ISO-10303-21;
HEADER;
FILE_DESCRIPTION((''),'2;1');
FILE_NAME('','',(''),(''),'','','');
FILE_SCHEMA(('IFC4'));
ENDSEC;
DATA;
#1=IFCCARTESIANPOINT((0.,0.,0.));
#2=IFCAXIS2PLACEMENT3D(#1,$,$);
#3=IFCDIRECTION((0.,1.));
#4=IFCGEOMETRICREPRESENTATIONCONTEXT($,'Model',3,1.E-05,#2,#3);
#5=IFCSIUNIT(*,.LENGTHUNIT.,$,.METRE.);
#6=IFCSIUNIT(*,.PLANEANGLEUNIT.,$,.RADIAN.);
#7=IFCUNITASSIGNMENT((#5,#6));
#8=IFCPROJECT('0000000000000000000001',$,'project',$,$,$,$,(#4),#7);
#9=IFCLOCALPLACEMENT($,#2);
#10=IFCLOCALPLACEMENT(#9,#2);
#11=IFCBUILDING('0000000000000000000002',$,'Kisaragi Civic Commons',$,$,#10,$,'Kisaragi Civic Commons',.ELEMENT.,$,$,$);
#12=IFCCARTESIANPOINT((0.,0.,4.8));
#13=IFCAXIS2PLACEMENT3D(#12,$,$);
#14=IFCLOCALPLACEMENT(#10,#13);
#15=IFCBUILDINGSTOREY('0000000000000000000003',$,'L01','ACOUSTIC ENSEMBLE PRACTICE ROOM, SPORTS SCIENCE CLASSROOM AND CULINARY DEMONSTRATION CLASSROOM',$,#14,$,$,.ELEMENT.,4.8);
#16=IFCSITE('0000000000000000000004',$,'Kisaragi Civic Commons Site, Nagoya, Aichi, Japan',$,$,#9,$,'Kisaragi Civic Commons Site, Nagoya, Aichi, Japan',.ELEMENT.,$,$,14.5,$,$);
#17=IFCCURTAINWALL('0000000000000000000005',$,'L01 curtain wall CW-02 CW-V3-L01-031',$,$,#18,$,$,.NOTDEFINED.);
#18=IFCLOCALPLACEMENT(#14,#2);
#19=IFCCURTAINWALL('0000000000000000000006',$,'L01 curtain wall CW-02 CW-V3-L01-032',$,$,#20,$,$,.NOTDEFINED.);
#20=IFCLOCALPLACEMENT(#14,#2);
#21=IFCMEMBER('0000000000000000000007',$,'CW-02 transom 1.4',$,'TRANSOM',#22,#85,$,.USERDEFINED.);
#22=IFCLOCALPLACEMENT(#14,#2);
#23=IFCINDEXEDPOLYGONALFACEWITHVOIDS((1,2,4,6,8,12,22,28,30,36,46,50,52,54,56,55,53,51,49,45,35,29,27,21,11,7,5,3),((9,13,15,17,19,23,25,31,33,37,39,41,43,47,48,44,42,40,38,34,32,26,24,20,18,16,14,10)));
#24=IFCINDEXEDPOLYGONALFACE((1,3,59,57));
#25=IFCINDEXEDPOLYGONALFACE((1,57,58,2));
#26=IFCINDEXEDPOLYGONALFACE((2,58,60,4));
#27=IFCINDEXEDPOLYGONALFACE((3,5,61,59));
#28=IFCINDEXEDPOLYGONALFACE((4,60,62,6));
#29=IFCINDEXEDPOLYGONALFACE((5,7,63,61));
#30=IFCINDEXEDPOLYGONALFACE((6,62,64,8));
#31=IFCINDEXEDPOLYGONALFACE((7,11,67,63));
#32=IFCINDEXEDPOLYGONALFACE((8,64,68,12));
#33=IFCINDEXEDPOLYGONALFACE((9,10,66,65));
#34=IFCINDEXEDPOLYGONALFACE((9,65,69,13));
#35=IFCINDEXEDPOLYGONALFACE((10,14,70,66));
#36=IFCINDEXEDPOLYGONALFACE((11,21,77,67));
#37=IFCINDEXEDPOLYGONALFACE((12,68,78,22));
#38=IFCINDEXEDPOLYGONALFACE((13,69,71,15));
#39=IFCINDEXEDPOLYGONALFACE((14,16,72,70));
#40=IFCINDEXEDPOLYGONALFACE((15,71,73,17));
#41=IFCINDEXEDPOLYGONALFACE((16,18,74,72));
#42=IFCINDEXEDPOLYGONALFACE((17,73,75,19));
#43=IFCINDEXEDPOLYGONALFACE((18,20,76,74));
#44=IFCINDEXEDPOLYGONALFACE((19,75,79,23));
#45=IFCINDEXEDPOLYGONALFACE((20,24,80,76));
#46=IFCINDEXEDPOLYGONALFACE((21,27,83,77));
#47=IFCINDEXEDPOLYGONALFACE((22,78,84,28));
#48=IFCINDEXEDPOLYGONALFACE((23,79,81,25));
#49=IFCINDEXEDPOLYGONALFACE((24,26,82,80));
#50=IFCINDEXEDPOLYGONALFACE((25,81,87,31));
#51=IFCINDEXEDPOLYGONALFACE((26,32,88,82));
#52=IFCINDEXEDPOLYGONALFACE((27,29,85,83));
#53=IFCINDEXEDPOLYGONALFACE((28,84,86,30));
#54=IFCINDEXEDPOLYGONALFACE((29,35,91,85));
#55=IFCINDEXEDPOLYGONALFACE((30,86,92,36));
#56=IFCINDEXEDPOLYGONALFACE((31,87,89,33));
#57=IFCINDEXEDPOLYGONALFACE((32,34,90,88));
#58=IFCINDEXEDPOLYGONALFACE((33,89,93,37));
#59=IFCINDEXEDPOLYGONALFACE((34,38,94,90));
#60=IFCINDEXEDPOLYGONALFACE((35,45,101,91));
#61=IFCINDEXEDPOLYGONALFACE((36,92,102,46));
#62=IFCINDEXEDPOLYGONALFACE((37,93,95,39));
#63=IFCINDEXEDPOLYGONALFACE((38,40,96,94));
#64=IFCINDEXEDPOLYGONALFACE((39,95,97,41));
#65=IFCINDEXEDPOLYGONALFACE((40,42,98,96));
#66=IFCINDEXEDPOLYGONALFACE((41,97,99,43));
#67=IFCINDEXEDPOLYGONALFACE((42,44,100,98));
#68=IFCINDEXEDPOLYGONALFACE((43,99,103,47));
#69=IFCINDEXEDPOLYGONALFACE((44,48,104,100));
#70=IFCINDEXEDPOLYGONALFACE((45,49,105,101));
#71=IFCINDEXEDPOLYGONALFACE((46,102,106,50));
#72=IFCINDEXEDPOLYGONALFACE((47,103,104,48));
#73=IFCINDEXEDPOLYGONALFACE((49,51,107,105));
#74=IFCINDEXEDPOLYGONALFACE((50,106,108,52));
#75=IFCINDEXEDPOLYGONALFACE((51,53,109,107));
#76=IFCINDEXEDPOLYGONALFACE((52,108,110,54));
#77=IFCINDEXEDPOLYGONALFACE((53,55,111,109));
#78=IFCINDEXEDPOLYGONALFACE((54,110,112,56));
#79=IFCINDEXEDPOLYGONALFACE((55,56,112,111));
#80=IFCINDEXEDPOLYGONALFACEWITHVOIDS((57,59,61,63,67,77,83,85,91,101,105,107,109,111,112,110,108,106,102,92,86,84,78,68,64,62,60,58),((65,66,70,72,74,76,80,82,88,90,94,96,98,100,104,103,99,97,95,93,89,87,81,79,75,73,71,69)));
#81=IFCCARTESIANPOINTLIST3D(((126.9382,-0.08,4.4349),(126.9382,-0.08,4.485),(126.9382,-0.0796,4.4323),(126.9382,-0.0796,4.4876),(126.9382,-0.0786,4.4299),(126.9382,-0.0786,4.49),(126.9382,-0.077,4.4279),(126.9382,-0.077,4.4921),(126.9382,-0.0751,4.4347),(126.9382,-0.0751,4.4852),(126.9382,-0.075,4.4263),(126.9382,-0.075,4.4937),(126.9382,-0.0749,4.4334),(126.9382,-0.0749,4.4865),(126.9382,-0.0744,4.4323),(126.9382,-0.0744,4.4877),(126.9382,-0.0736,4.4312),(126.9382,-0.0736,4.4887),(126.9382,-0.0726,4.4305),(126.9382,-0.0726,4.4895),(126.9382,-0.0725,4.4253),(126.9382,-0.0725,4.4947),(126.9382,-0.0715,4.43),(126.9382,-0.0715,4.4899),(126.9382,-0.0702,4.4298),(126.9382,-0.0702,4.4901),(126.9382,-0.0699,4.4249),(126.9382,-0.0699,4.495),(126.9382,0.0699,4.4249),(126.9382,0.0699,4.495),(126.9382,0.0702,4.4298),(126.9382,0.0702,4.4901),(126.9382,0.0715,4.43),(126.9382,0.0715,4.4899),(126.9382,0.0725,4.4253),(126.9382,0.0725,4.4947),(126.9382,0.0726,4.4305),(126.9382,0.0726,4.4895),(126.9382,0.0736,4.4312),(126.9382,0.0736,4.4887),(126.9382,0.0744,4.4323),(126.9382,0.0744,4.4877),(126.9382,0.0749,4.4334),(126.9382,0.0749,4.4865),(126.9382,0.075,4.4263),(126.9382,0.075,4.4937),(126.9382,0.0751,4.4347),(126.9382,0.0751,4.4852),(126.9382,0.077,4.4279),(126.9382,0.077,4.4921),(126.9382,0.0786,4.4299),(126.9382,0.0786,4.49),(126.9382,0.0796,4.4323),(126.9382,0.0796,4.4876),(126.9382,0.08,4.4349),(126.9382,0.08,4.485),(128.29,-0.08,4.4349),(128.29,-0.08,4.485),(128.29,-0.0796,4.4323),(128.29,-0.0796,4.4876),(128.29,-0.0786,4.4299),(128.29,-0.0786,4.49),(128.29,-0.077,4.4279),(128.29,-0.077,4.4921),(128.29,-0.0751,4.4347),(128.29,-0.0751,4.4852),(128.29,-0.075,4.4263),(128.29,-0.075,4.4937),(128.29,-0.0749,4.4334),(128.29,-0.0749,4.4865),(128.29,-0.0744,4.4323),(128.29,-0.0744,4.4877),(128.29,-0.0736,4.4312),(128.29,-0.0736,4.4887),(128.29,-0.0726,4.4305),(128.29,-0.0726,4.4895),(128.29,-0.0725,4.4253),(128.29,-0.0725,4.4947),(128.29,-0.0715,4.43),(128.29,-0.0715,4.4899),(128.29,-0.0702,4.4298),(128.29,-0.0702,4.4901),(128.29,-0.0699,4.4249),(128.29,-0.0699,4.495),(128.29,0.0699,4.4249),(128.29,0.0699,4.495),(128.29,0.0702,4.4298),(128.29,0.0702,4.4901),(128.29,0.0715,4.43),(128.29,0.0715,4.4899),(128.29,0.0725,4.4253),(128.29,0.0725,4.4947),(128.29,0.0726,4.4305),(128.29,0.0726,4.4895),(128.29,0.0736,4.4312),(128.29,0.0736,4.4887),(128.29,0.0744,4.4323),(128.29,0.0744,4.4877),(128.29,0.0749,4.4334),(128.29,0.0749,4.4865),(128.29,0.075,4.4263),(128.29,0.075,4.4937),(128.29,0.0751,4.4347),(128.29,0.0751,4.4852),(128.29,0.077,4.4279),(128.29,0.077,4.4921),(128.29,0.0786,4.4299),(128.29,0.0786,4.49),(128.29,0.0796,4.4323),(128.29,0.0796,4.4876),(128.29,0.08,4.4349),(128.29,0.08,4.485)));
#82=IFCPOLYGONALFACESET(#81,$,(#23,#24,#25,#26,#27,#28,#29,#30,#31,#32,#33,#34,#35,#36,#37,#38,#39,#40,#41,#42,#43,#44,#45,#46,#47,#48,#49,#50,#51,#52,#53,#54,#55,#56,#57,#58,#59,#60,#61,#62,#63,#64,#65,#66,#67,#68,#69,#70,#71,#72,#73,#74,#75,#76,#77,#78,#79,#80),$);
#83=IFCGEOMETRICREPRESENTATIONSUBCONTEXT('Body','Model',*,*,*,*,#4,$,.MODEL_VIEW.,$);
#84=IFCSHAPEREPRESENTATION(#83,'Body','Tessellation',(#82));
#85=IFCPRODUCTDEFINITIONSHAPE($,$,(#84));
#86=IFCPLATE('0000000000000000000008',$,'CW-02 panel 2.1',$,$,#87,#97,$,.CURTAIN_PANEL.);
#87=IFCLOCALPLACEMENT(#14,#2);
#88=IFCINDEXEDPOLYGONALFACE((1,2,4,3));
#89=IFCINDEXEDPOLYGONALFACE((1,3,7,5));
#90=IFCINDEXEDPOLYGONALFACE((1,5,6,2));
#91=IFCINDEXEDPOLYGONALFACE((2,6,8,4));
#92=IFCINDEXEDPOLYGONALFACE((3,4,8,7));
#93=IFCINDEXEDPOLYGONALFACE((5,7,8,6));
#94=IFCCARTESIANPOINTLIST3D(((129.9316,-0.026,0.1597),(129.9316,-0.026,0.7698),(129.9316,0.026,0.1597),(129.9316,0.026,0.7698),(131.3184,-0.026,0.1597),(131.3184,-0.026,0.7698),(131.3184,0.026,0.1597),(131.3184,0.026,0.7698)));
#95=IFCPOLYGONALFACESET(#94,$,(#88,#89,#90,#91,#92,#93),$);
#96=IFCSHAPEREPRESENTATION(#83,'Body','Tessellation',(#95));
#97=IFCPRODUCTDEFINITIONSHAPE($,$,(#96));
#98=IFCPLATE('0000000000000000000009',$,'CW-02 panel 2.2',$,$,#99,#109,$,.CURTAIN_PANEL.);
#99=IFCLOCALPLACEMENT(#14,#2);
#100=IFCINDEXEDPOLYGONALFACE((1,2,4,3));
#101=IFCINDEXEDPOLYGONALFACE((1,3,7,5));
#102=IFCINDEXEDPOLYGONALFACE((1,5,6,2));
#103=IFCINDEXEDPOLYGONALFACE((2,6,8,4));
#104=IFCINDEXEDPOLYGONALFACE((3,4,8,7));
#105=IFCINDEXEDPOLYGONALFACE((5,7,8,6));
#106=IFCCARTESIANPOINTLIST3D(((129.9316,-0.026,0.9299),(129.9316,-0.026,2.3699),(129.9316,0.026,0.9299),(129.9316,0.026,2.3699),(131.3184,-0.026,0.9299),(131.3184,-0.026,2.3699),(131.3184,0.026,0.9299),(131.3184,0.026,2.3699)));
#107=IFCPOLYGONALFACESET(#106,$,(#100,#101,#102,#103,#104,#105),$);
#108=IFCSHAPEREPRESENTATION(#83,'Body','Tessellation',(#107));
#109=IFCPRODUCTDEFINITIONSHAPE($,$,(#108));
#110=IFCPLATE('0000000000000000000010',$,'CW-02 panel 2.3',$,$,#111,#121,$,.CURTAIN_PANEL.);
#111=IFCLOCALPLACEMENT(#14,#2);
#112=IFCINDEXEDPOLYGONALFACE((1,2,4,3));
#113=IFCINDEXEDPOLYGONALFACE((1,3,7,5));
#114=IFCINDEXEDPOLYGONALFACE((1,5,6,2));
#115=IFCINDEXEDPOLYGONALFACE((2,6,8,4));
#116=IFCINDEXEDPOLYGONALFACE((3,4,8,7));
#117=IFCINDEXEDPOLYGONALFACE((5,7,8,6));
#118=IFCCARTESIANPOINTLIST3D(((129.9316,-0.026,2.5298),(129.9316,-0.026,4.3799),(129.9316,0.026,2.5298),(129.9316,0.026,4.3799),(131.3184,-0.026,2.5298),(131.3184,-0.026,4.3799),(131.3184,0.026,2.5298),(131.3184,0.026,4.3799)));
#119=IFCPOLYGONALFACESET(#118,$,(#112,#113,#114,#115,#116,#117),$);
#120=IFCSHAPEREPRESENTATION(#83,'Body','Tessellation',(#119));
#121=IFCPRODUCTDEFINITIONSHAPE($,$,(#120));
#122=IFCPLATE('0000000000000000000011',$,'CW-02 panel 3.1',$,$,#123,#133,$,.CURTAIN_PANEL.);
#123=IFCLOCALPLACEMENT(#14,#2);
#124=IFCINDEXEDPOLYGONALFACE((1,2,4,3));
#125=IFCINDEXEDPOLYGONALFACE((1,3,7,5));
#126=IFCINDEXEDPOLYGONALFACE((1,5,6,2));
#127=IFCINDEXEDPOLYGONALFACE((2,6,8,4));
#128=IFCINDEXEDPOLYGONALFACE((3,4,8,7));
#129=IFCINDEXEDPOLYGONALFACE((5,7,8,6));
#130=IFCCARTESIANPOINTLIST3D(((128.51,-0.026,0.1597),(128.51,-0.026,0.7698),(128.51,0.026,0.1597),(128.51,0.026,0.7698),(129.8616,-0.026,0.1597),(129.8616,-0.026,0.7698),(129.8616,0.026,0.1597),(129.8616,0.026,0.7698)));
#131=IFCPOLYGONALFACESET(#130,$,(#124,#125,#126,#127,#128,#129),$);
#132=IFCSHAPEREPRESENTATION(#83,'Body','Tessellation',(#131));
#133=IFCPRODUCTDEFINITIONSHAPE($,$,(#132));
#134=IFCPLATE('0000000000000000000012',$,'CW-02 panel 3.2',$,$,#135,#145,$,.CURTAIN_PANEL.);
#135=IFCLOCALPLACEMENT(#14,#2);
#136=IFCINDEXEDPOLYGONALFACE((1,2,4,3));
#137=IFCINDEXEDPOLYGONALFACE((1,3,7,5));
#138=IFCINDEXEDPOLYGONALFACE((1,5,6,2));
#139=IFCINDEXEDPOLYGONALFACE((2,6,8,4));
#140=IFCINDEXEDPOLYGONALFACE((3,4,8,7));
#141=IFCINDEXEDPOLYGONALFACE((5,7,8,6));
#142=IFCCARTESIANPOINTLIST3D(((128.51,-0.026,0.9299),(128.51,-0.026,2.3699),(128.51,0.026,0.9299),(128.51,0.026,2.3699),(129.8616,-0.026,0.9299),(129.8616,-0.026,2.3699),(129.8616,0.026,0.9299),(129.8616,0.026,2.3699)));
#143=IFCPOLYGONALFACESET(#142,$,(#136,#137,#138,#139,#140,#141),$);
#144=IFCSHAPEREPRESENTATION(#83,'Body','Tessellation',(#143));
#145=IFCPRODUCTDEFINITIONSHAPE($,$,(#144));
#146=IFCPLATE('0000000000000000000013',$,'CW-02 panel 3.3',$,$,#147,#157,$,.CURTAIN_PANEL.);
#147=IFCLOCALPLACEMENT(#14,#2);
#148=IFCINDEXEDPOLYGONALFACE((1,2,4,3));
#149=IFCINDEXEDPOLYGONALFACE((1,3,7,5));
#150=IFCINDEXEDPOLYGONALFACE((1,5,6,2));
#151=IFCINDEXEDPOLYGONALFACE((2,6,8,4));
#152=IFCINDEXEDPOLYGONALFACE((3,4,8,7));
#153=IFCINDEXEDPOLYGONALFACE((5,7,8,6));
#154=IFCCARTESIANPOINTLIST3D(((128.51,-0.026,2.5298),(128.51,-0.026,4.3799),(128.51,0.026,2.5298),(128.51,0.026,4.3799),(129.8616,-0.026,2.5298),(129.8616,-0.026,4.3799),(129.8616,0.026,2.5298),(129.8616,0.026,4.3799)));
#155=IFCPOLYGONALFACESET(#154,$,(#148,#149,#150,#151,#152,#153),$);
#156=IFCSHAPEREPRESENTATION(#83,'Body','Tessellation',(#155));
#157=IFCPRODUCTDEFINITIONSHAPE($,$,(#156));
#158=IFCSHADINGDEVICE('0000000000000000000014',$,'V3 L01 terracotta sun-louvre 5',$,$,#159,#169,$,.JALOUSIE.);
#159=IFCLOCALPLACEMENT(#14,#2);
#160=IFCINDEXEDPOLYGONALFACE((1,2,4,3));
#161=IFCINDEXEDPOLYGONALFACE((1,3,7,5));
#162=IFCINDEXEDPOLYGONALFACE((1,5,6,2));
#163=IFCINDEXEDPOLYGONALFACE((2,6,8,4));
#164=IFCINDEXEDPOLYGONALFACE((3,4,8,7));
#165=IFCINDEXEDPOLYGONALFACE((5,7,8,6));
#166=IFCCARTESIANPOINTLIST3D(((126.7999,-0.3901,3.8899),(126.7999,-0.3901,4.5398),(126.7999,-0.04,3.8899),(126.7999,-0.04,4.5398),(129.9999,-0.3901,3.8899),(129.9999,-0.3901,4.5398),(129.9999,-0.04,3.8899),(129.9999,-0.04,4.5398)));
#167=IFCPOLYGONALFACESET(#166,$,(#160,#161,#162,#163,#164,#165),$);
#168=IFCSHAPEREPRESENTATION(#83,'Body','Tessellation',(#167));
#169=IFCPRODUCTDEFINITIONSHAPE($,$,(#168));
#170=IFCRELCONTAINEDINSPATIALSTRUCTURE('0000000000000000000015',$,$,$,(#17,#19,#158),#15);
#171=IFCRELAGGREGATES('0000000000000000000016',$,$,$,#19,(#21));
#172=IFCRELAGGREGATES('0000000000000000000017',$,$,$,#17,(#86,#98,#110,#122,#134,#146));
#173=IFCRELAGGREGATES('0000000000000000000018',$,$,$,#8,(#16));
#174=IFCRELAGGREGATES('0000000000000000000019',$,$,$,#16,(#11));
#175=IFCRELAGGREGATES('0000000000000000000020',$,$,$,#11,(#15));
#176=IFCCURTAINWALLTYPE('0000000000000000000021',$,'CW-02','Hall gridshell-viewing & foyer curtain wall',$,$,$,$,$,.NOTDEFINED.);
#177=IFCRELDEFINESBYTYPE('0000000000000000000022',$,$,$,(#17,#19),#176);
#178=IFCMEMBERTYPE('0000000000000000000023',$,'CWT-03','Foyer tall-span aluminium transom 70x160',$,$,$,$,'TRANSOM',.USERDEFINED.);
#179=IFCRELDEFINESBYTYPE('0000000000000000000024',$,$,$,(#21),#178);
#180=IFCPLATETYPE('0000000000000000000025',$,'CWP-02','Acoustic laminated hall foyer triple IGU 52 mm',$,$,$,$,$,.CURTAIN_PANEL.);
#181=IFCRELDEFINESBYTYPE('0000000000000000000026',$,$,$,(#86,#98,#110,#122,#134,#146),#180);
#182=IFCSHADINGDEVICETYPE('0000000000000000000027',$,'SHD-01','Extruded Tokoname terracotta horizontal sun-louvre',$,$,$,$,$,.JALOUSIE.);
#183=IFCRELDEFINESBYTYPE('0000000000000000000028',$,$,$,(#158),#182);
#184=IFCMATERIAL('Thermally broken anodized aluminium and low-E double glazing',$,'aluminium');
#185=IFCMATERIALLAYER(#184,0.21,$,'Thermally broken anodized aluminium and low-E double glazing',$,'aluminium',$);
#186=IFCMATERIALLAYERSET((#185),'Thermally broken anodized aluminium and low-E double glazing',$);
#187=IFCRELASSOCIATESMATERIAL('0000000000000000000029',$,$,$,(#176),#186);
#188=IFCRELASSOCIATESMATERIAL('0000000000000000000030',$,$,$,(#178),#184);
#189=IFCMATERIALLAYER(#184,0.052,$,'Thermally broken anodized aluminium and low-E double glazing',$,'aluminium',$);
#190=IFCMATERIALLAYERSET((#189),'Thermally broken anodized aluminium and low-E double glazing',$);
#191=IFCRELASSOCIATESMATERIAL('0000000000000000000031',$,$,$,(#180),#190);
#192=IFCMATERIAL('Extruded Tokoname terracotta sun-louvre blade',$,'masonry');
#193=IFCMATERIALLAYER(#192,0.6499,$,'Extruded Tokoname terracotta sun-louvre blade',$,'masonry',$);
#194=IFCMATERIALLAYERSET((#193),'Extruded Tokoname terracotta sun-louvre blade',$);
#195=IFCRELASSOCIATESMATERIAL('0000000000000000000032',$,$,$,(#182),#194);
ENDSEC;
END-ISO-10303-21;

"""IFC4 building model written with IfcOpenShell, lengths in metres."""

from ifc_helpers import new_model, si_unit, direction, frame, origin, origin_2d, place, context, subcontext, project, spatial, rectangle, hollow_rectangle, extrude, material, layer, layer_set, material_profile, profile_set, type_object, element, aggregate, save


model = new_model("IFC4")

# Units and contexts
model_context = context("Model", 3, precision=1e-05, world=origin(), true_north=direction((0.0, 1.0)))
body_context = subcontext(model_context, "Body", "Model", "MODEL_VIEW")
ifc_project = project(units=[si_unit("LENGTHUNIT", "METRE"), si_unit("PLANEANGLEUNIT", "RADIAN")], contexts=[model_context])

# Site, building, storey
site_placement = place(None, origin())
site = spatial("IfcSite", under=ifc_project, at=site_placement, Name="Kisaragi Civic Commons Site, Nagoya, Aichi, Japan", LongName="Kisaragi Civic Commons Site, Nagoya, Aichi, Japan", CompositionType="ELEMENT", RefElevation=14.5)
building_placement = place(site_placement, origin())
building = spatial("IfcBuilding", under=site, at=building_placement, Name="Kisaragi Civic Commons", LongName="Kisaragi Civic Commons", CompositionType="ELEMENT")
storey_placement = place(building_placement, frame((0.0, 0.0, 4.8)))
storey = spatial("IfcBuildingStorey", under=building, at=storey_placement, Name="L01", Description="ACOUSTIC ENSEMBLE PRACTICE ROOM, SPORTS SCIENCE CLASSROOM AND CULINARY DEMONSTRATION CLASSROOM", CompositionType="ELEMENT", Elevation=4.8)

# Curtain wall
ifc_material_1 = material(Name="Thermally broken anodized aluminium and low-E double glazing", Category="aluminium")
ifc_layer_1 = layer(ifc_material_1, 0.21, Name="Thermally broken anodized aluminium and low-E double glazing", Category="aluminium")
ifc_layer_set_1 = layer_set([ifc_layer_1], Name="Thermally broken anodized aluminium and low-E double glazing")
curtain_wall_type = type_object("IfcCurtainWallType", Name="CW-02", Description="Hall gridshell-viewing & foyer curtain wall", PredefinedType="NOTDEFINED", material=ifc_layer_set_1)
curtain_wall_1_placement = place(storey_placement, origin())
curtain_wall_1 = element("IfcCurtainWall", 1, at=curtain_wall_1_placement, inside=storey, type_object=curtain_wall_type, Name="L01 curtain wall CW-02 CW-V3-L01-031", PredefinedType="NOTDEFINED")

# Curtain wall
curtain_wall_2_placement = place(storey_placement, origin())
curtain_wall_2 = element("IfcCurtainWall", 2, at=curtain_wall_2_placement, inside=storey, type_object=curtain_wall_type, Name="L01 curtain wall CW-02 CW-V3-L01-032", PredefinedType="NOTDEFINED")

# Member
ifc_material_profile_1 = material_profile(ifc_material_1, hollow_rectangle(XDim=0.1599, YDim=0.0701, WallThickness=0.0049, InnerFilletRadius=0.0049, OuterFilletRadius=0.01, at=origin_2d()), Name="CWT-70x160x5", Category="aluminium")
ifc_profile_set_1 = profile_set([ifc_material_profile_1], Name="Thermally broken anodized aluminium and low-E double glazing")
member_type_1 = type_object("IfcMemberType", Name="CWT-03", Description="Foyer tall-span aluminium transom 70x160", ElementType="TRANSOM", PredefinedType="USERDEFINED", material=ifc_profile_set_1)
member_1_placement = place(storey_placement, frame((128.29, 0.0, 4.46), z_axis=(-1.0, 0.0, 0.0), x_axis=(0.0, -1.0, 0.0)))
member_1 = element("IfcMember", 3, at=member_1_placement, type_object=member_type_1, Name="CW-02 transom 1.4", ObjectType="TRANSOM", PredefinedType="USERDEFINED", context=body_context, shape_type="SweptSolid", body=[
    extrude(hollow_rectangle(XDim=0.1599, YDim=0.0701, WallThickness=0.0049, InnerFilletRadius=0.0049, OuterFilletRadius=0.01, at=origin_2d()), origin(), (0.0, 0.0, 1.0), 1.3518),
])
aggregate(curtain_wall_2, [member_1])

# Plates
ifc_layer_2 = layer(ifc_material_1, 0.052, Name="Thermally broken anodized aluminium and low-E double glazing", Category="aluminium")
ifc_layer_set_2 = layer_set([ifc_layer_2], Name="Thermally broken anodized aluminium and low-E double glazing")
plate_type = type_object("IfcPlateType", Name="CWP-02", Description="Acoustic laminated hall foyer triple IGU 52 mm", PredefinedType="CURTAIN_PANEL", material=ifc_layer_set_2)
plate_1_placement = place(storey_placement, frame((130.625, 0.0, 0.1597), z_axis=(0.0, 0.0, 1.0), x_axis=(-1.0, 0.0, 0.0)))
plate_1 = element("IfcPlate", 4, at=plate_1_placement, type_object=plate_type, Name="CW-02 panel 2.1", PredefinedType="CURTAIN_PANEL", context=body_context, shape_type="SweptSolid", body=[
    extrude(rectangle(XDim=1.3867, YDim=0.052, at=origin_2d()), origin(), (0.0, 0.0, 1.0), 0.6101),
])
plate_2_placement = place(storey_placement, frame((130.625, 0.0, 0.9299), z_axis=(0.0, 0.0, 1.0), x_axis=(-1.0, 0.0, 0.0)))
plate_2 = element("IfcPlate", 5, at=plate_2_placement, type_object=plate_type, Name="CW-02 panel 2.2", PredefinedType="CURTAIN_PANEL", context=body_context, shape_type="SweptSolid", body=[
    extrude(rectangle(XDim=1.3867, YDim=0.052, at=origin_2d()), origin(), (0.0, 0.0, 1.0), 1.4399),
])
plate_3_placement = place(storey_placement, frame((130.625, 0.0, 2.5298), z_axis=(0.0, 0.0, 1.0), x_axis=(-1.0, 0.0, 0.0)))
plate_3 = element("IfcPlate", 6, at=plate_3_placement, type_object=plate_type, Name="CW-02 panel 2.3", PredefinedType="CURTAIN_PANEL", context=body_context, shape_type="SweptSolid", body=[
    extrude(rectangle(XDim=1.3867, YDim=0.052, at=origin_2d()), origin(), (0.0, 0.0, 1.0), 1.8501),
])
plate_4_placement = place(storey_placement, frame((129.1858, 0.0, 0.1597), z_axis=(0.0, 0.0, 1.0), x_axis=(-1.0, 0.0, 0.0)))
plate_4 = element("IfcPlate", 7, at=plate_4_placement, type_object=plate_type, Name="CW-02 panel 3.1", PredefinedType="CURTAIN_PANEL", context=body_context, shape_type="SweptSolid", body=[
    extrude(rectangle(XDim=1.3516, YDim=0.052, at=origin_2d()), origin(), (0.0, 0.0, 1.0), 0.6101),
])
plate_5_placement = place(storey_placement, frame((129.1858, 0.0, 0.9299), z_axis=(0.0, 0.0, 1.0), x_axis=(-1.0, 0.0, 0.0)))
plate_5 = element("IfcPlate", 8, at=plate_5_placement, type_object=plate_type, Name="CW-02 panel 3.2", PredefinedType="CURTAIN_PANEL", context=body_context, shape_type="SweptSolid", body=[
    extrude(rectangle(XDim=1.3516, YDim=0.052, at=origin_2d()), origin(), (0.0, 0.0, 1.0), 1.4399),
])
plate_6_placement = place(storey_placement, frame((129.1858, 0.0, 2.5298), z_axis=(0.0, 0.0, 1.0), x_axis=(-1.0, 0.0, 0.0)))
plate_6 = element("IfcPlate", 9, at=plate_6_placement, type_object=plate_type, Name="CW-02 panel 3.3", PredefinedType="CURTAIN_PANEL", context=body_context, shape_type="SweptSolid", body=[
    extrude(rectangle(XDim=1.3516, YDim=0.052, at=origin_2d()), origin(), (0.0, 0.0, 1.0), 1.8501),
])
aggregate(curtain_wall_1, [plate_1, plate_2, plate_3, plate_4, plate_5, plate_6])

# Shading device
ifc_material_2 = material(Name="Extruded Tokoname terracotta sun-louvre blade", Category="masonry")
ifc_layer_3 = layer(ifc_material_2, 0.6499, Name="Extruded Tokoname terracotta sun-louvre blade", Category="masonry")
ifc_layer_set_3 = layer_set([ifc_layer_3], Name="Extruded Tokoname terracotta sun-louvre blade")
shading_device_type = type_object("IfcShadingDeviceType", Name="SHD-01", Description="Extruded Tokoname terracotta horizontal sun-louvre", PredefinedType="JALOUSIE", material=ifc_layer_set_3)
shading_device_placement = place(storey_placement, frame((128.3999, -0.2151, 3.8899), z_axis=(0.0, 0.0, 1.0), x_axis=(-1.0, 0.0, 0.0)))
element("IfcShadingDevice", 10, at=shading_device_placement, inside=storey, type_object=shading_device_type, Name="V3 L01 terracotta sun-louvre 5", PredefinedType="JALOUSIE", context=body_context, shape_type="SweptSolid", body=[
    extrude(rectangle(XDim=3.2, YDim=0.3501, at=origin_2d()), origin(), (0.0, 0.0, 1.0), 0.6499),
])

save(model, "model.ifc")
